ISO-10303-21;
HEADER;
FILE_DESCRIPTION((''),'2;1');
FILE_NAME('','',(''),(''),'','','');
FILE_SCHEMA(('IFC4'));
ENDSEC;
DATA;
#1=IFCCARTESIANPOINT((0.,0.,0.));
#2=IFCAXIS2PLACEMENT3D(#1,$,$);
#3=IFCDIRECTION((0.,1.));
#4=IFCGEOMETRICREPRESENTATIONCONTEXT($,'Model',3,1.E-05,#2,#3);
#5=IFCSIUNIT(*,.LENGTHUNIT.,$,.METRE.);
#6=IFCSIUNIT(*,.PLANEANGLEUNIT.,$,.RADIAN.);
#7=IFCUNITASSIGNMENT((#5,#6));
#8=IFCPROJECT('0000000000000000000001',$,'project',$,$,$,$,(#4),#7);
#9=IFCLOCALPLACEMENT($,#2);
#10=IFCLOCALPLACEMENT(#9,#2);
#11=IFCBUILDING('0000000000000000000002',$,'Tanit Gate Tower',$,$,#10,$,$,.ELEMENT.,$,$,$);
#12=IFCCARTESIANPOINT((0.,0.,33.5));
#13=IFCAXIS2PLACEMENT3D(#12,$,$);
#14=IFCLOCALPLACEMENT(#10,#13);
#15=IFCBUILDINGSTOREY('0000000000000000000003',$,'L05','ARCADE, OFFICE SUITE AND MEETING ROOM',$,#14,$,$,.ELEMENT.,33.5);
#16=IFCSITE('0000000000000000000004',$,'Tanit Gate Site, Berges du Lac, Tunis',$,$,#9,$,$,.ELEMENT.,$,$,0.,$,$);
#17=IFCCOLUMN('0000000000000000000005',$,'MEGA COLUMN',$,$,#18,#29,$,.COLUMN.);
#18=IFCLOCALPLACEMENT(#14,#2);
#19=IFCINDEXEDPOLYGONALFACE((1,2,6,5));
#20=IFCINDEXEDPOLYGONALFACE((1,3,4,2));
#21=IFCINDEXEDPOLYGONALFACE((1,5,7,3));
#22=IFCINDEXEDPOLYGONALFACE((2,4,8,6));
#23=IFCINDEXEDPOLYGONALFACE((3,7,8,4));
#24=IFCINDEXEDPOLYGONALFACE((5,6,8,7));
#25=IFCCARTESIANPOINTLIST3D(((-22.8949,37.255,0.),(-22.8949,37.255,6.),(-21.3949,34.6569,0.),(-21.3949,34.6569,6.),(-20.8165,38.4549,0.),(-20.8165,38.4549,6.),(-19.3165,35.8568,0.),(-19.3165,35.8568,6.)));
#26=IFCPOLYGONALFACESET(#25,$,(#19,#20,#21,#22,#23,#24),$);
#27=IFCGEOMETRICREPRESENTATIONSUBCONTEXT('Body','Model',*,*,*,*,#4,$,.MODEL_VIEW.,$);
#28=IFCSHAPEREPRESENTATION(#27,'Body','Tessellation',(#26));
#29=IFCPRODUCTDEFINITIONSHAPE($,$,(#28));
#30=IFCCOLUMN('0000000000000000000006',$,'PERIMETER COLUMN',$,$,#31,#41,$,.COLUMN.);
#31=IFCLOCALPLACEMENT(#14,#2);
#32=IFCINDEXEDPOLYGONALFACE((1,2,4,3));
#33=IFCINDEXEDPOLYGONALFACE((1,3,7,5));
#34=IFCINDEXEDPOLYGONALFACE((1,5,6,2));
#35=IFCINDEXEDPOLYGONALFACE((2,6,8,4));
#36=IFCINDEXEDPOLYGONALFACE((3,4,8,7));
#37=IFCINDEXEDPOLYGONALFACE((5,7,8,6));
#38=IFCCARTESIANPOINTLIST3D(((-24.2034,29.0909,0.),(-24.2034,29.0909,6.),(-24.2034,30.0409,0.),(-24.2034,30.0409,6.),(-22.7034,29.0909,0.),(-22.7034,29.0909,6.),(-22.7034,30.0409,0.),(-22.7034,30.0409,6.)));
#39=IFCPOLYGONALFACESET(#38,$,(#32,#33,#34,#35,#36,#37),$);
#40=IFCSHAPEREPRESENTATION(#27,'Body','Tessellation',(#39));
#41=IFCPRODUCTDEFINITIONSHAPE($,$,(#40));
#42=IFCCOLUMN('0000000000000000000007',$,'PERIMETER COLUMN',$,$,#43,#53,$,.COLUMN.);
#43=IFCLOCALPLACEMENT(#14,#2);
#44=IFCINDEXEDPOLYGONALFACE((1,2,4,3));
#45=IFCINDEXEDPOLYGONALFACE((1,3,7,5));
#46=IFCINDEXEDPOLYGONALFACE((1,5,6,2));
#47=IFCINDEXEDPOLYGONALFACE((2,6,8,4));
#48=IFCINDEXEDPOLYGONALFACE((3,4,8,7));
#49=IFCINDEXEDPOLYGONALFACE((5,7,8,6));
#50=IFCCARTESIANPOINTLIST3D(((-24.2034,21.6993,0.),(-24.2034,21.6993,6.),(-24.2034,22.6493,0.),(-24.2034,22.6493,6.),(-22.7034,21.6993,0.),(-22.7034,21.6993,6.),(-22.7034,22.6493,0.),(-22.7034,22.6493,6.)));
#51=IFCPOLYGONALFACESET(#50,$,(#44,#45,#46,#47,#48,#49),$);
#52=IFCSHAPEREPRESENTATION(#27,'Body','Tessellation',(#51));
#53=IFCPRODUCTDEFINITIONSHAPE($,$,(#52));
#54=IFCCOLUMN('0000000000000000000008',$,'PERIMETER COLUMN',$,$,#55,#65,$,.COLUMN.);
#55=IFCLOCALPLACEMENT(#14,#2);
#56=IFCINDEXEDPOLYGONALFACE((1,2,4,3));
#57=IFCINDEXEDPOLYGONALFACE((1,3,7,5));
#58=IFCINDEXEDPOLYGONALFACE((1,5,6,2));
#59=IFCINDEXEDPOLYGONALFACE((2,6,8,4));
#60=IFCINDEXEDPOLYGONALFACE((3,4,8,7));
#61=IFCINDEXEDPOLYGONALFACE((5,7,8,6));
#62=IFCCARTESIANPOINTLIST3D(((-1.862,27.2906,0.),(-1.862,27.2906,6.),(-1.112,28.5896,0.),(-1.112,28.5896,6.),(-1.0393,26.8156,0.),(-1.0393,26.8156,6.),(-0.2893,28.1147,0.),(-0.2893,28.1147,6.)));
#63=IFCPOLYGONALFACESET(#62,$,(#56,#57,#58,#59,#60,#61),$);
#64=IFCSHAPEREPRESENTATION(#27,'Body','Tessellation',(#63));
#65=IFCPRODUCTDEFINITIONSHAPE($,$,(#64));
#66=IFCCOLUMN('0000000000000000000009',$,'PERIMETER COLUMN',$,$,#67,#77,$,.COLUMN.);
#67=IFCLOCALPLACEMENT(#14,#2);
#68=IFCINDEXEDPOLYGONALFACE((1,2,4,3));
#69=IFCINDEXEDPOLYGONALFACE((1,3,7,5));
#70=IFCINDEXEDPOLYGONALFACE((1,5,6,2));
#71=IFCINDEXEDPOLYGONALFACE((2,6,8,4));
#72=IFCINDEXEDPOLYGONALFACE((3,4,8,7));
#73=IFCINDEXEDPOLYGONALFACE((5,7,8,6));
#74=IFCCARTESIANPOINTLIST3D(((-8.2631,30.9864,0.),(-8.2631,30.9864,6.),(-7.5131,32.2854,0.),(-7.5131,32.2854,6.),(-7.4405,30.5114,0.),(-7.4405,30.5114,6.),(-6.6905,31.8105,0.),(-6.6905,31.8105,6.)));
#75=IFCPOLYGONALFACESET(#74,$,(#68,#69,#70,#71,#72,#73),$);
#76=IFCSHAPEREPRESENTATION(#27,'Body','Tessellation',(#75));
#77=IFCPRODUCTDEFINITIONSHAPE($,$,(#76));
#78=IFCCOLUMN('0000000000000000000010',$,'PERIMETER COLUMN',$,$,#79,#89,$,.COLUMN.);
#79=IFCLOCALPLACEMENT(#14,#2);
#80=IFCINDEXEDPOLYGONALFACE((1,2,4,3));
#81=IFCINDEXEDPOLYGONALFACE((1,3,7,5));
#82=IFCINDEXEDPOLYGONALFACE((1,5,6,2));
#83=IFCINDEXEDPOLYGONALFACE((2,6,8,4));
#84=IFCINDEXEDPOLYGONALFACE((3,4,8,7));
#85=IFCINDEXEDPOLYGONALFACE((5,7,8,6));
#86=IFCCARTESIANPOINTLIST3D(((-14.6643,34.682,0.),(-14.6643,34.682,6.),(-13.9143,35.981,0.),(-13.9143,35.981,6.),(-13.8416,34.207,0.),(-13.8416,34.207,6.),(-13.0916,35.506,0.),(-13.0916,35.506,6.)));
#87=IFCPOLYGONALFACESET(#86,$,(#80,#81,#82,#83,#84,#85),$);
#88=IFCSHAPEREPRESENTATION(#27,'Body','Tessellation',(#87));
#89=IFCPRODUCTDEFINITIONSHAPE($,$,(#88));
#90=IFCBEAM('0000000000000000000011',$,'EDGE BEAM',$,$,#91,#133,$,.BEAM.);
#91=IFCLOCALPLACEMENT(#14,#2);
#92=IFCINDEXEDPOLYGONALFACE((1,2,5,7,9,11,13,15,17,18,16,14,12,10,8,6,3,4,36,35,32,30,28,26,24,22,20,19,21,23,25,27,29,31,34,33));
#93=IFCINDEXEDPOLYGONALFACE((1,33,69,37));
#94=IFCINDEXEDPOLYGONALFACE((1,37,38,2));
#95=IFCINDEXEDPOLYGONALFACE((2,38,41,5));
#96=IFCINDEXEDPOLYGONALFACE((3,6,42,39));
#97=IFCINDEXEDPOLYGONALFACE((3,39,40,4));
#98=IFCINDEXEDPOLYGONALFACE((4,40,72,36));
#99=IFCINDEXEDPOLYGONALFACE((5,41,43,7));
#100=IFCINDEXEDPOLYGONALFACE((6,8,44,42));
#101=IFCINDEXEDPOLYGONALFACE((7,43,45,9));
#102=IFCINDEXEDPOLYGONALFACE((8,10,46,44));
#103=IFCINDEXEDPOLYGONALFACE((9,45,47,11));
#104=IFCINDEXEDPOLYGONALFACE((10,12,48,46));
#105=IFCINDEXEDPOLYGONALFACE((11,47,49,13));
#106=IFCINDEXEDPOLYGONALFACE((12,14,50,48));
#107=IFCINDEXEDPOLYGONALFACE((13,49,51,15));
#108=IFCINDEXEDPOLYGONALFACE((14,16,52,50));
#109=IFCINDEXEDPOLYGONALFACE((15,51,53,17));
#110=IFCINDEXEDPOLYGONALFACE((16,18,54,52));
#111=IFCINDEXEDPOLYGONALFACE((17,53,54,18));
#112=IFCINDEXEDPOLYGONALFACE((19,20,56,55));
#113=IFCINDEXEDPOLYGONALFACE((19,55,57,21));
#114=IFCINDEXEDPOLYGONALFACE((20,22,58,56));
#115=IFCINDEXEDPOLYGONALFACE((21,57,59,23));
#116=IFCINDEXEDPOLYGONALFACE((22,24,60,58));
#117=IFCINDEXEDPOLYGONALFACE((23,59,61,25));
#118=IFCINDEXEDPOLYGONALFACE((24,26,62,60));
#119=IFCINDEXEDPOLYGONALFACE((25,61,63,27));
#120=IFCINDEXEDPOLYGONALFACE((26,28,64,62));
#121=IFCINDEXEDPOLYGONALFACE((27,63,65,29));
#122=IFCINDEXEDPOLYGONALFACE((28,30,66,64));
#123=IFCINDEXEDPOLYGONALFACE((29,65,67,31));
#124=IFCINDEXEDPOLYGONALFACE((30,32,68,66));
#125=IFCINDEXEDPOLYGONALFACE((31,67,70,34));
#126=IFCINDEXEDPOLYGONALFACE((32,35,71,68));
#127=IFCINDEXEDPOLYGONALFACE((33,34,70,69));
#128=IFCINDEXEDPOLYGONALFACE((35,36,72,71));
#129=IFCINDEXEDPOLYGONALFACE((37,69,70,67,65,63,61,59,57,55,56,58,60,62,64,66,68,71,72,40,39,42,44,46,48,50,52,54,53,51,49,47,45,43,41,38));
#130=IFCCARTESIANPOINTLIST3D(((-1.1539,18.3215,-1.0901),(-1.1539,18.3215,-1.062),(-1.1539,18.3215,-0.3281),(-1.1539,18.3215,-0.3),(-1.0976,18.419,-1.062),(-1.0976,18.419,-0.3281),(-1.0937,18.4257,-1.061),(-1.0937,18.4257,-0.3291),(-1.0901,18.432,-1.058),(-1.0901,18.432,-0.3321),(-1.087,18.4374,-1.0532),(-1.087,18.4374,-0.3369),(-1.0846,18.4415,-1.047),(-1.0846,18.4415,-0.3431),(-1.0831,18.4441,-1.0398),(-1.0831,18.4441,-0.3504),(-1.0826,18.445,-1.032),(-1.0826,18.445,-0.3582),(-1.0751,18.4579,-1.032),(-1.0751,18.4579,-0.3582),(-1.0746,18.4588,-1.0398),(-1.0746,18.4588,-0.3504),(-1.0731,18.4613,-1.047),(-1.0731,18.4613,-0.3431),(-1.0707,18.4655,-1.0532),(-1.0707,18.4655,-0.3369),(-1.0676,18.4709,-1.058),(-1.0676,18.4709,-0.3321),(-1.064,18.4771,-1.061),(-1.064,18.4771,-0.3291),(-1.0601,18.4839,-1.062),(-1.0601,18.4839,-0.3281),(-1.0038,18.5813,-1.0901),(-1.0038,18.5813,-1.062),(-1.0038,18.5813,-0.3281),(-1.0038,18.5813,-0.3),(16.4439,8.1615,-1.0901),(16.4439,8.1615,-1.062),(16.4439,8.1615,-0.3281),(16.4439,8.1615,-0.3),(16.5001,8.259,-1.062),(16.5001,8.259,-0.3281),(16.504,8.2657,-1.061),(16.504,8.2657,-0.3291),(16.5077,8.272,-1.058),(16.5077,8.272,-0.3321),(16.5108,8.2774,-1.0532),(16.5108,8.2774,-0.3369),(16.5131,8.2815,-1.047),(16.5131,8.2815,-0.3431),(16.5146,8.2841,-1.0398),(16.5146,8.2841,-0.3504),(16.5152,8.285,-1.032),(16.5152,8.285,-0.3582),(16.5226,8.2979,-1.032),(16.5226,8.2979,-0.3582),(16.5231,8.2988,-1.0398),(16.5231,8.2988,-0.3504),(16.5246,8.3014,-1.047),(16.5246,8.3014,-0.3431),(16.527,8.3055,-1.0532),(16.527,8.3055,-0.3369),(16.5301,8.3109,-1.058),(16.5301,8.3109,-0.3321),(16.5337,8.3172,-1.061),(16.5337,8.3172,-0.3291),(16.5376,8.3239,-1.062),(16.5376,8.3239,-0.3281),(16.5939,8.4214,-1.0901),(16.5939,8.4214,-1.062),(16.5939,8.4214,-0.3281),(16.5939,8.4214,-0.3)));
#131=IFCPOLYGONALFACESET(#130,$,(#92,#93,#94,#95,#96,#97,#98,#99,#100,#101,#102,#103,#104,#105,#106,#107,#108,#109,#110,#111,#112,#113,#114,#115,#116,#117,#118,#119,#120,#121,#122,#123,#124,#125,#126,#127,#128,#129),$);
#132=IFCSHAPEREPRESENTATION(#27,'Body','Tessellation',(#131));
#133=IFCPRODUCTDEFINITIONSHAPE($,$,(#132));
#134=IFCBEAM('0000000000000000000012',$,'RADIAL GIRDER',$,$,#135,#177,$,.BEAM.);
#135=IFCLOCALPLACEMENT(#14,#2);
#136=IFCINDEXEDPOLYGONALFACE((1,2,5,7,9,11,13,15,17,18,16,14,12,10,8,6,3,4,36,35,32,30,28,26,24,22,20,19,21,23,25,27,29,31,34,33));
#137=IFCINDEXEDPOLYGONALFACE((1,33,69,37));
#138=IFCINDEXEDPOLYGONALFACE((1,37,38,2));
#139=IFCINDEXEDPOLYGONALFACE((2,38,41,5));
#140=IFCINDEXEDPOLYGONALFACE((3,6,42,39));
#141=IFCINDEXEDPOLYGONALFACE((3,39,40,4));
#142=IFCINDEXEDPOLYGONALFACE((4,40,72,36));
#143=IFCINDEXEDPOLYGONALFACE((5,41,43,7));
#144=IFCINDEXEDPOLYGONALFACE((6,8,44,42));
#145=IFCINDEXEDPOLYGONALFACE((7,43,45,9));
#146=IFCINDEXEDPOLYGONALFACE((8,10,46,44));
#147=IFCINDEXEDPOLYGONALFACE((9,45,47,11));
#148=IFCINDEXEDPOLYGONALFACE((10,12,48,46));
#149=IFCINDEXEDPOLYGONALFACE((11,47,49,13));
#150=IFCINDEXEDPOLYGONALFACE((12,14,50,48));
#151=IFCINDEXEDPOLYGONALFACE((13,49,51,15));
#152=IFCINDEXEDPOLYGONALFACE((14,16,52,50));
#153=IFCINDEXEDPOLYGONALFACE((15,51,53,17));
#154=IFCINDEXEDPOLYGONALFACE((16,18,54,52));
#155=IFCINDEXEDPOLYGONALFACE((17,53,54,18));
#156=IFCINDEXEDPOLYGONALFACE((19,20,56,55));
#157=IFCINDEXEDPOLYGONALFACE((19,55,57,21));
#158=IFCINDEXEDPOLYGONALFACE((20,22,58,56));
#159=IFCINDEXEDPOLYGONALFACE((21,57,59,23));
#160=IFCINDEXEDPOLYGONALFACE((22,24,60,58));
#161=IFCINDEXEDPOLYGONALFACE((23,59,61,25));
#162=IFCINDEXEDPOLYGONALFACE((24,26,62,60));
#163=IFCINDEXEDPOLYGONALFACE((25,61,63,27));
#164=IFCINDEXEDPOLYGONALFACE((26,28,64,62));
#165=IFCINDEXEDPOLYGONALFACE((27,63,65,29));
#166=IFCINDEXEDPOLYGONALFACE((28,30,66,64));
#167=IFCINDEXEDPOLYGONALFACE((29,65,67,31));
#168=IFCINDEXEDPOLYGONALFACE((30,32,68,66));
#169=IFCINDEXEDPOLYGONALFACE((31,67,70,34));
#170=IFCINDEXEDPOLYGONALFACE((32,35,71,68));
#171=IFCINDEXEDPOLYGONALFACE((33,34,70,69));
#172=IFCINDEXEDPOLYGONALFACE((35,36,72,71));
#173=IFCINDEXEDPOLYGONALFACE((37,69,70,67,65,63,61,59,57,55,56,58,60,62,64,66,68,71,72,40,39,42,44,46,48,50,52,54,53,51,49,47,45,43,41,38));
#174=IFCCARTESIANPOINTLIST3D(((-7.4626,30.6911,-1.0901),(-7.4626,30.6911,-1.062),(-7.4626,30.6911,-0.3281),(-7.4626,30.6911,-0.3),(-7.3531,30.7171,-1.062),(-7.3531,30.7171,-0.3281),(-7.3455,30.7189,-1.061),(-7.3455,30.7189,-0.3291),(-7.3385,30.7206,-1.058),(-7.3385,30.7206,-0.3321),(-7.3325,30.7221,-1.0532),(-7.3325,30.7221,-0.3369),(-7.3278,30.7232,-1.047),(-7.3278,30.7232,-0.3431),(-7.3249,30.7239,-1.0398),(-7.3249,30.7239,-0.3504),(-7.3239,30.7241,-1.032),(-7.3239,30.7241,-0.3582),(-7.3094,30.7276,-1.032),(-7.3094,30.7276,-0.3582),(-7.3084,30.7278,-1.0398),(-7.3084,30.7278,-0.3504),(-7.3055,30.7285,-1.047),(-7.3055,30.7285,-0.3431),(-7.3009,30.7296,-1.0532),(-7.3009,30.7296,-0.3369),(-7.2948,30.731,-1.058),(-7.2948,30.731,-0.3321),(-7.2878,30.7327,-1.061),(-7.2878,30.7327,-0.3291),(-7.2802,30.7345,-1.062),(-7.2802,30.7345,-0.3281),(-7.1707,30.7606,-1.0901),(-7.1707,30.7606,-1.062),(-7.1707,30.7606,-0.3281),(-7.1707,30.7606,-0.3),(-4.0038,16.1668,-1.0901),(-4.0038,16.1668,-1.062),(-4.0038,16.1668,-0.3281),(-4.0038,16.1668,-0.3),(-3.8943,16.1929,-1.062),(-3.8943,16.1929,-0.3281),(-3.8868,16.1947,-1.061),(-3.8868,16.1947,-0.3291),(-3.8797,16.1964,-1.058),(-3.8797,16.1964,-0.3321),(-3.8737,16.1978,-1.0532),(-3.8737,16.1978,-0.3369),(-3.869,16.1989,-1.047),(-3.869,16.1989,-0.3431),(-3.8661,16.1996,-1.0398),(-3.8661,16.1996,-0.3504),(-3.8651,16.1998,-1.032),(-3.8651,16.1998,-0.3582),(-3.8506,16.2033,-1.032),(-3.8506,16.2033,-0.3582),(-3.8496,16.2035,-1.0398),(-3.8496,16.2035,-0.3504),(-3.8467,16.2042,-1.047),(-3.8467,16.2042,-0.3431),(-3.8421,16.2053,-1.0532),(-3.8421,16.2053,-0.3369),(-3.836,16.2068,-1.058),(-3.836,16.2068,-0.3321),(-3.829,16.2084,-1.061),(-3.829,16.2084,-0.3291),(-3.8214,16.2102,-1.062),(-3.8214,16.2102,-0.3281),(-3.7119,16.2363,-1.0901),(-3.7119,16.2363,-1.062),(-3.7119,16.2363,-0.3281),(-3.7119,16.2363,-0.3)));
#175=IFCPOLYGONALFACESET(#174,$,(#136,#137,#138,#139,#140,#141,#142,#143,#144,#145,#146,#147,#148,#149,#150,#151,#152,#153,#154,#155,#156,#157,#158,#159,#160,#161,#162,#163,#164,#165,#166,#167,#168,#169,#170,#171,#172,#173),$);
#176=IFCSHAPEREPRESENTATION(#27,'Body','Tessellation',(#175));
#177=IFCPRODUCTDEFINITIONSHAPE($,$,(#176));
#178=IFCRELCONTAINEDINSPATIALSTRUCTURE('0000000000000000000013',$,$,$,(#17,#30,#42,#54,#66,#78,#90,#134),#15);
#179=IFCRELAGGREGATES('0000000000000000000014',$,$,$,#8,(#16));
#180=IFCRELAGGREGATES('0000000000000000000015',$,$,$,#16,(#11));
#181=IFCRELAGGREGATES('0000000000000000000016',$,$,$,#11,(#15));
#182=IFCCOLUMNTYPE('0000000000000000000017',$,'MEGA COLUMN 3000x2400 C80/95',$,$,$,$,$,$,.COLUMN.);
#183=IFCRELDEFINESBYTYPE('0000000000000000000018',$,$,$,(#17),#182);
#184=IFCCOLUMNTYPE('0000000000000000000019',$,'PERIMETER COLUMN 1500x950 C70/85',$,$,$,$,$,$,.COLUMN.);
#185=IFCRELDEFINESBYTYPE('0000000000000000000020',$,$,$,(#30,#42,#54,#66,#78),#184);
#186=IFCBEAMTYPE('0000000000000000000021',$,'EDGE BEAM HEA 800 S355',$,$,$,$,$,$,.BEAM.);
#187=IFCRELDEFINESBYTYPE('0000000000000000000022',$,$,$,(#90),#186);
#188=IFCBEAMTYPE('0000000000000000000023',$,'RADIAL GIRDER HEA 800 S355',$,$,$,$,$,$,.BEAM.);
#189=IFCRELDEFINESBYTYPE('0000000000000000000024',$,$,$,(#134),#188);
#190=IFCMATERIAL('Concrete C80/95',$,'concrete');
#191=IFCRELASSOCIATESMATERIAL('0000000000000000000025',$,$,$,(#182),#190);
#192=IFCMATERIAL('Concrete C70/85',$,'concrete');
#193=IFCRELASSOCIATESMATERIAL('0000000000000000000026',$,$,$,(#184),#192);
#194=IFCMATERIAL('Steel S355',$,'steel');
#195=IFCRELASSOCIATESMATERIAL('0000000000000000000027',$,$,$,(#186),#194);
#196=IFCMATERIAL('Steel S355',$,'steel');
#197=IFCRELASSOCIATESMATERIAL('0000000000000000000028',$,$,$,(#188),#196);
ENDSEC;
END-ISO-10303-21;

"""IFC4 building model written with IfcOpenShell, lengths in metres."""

from ifc_helpers import new_model, si_unit, direction, frame, origin, origin_2d, place, context, subcontext, project, spatial, rectangle, i_section, extrude, material, material_profile, profile_set, type_object, element, save


model = new_model("IFC4")

# Units and contexts
model_context = context("Model", 3, precision=1e-05, world=origin(), true_north=direction((0.0, 1.0)))
body_context = subcontext(model_context, "Body", "Model", "MODEL_VIEW")
ifc_project = project(units=[si_unit("LENGTHUNIT", "METRE"), si_unit("PLANEANGLEUNIT", "RADIAN")], contexts=[model_context])

# Site, building, storey
site_placement = place(None, origin())
site = spatial("IfcSite", under=ifc_project, at=site_placement, Name="Tanit Gate Site, Berges du Lac, Tunis", CompositionType="ELEMENT", RefElevation=0.0)
building_placement = place(site_placement, origin())
building = spatial("IfcBuilding", under=site, at=building_placement, Name="Tanit Gate Tower", CompositionType="ELEMENT")
storey_placement = place(building_placement, frame((0.0, 0.0, 33.5)))
storey = spatial("IfcBuildingStorey", under=building, at=storey_placement, Name="L05", Description="ARCADE, OFFICE SUITE AND MEETING ROOM", CompositionType="ELEMENT", Elevation=33.5)

# Columns
ifc_material_1 = material(Name="Concrete C80/95", Category="concrete")
ifc_material_profile_1 = material_profile(ifc_material_1, rectangle(XDim=3.0, YDim=2.3999, at=origin_2d()), Name="RC 3000x2400")
ifc_profile_set_1 = profile_set([ifc_material_profile_1], Name="Concrete C80/95")
column_type_1 = type_object("IfcColumnType", Name="MEGA COLUMN 3000x2400 C80/95", PredefinedType="COLUMN", material=ifc_profile_set_1)
column_placement = place(storey_placement, frame((-21.1057, 36.5559, 0.0), z_axis=(0.0, 0.0, 1.0), x_axis=(-0.5, 0.866025, 0.0)))
element("IfcColumn", 1, at=column_placement, inside=storey, type_object=column_type_1, Name="MEGA COLUMN", PredefinedType="COLUMN", context=body_context, shape_type="SweptSolid", body=[
    extrude(rectangle(XDim=3.0, YDim=2.3999, at=origin_2d()), origin(), (0.0, 0.0, 1.0), 6.0),
])
ifc_material_2 = material(Name="Concrete C70/85", Category="concrete")
ifc_material_profile_2 = material_profile(ifc_material_2, rectangle(XDim=1.5, YDim=0.95, at=origin_2d()), Name="RC 1500x950")
ifc_profile_set_2 = profile_set([ifc_material_profile_2], Name="Concrete C70/85")
column_type_2 = type_object("IfcColumnType", Name="PERIMETER COLUMN 1500x950 C70/85", PredefinedType="COLUMN", material=ifc_profile_set_2)
for number, where, z_axis, x_axis, name in (
    (2, (-23.4534, 29.5659, 0.0), (0.0, 0.0, 1.0), (-1.0, 0.0, 0.0), "PERIMETER COLUMN"),
    (3, (-23.4534, 22.1743, 0.0), (0.0, 0.0, 1.0), (-1.0, 0.0, 0.0), "PERIMETER COLUMN"),
    (4, (-1.0757, 27.7026, 0.0), (0.0, 0.0, 1.0), (0.5, 0.866025, 0.0), "PERIMETER COLUMN"),
    (5, (-7.4768, 31.3984, 0.0), (0.0, 0.0, 1.0), (0.5, 0.866025, 0.0), "PERIMETER COLUMN"),
    (6, (-13.8779, 35.094, 0.0), (0.0, 0.0, 1.0), (0.5, 0.866025, 0.0), "PERIMETER COLUMN"),
):
    element("IfcColumn", number, at=place(storey_placement, frame(where, z_axis=z_axis, x_axis=x_axis)), inside=storey, type_object=column_type_2, Name=name, PredefinedType="COLUMN", context=body_context, shape_type="SweptSolid", body=[
        extrude(rectangle(XDim=1.5, YDim=0.95, at=origin_2d()), origin(), (0.0, 0.0, 1.0), 6.0),
    ])

# Beams
ifc_material_3 = material(Name="Steel S355", Category="steel")
ifc_material_profile_3 = material_profile(ifc_material_3, i_section(OverallWidth=0.3, OverallDepth=0.79, WebThickness=0.0149, FlangeThickness=0.0281, FilletRadius=0.03, at=origin_2d()), Name="HEA 800")
ifc_profile_set_3 = profile_set([ifc_material_profile_3], Name="Steel S355")
beam_type_1 = type_object("IfcBeamType", Name="EDGE BEAM HEA 800 S355", PredefinedType="BEAM", material=ifc_profile_set_3)
beam_1_placement = place(storey_placement, frame((-1.0789, 18.4514, -0.6951), z_axis=(0.866028, -0.499996, 0.0), x_axis=(0.499996, 0.866028, 0.0)))
element("IfcBeam", 7, at=beam_1_placement, inside=storey, type_object=beam_type_1, Name="EDGE BEAM", PredefinedType="BEAM", context=body_context, shape_type="SweptSolid", body=[
    extrude(i_section(OverallWidth=0.3, OverallDepth=0.79, WebThickness=0.0149, FlangeThickness=0.0281, FilletRadius=0.03, at=origin_2d()), origin(), (0.0, 0.0, 1.0), 20.3201),
])
ifc_material_4 = material(Name="Steel S355", Category="steel")
ifc_material_profile_4 = material_profile(ifc_material_4, i_section(OverallWidth=0.3, OverallDepth=0.79, WebThickness=0.0149, FlangeThickness=0.0281, FilletRadius=0.03, at=origin_2d()), Name="HEA 800")
ifc_profile_set_4 = profile_set([ifc_material_profile_4], Name="Steel S355")
beam_type_2 = type_object("IfcBeamType", Name="RADIAL GIRDER HEA 800 S355", PredefinedType="BEAM", material=ifc_profile_set_4)
beam_2_placement = place(storey_placement, frame((-7.3167, 30.7258, -0.6951), z_axis=(0.231659, -0.972797, 0.0), x_axis=(0.972797, 0.231659, 0.0)))
element("IfcBeam", 8, at=beam_2_placement, inside=storey, type_object=beam_type_2, Name="RADIAL GIRDER", PredefinedType="BEAM", context=body_context, shape_type="SweptSolid", body=[
    extrude(i_section(OverallWidth=0.3, OverallDepth=0.79, WebThickness=0.0149, FlangeThickness=0.0281, FilletRadius=0.03, at=origin_2d()), origin(), (0.0, 0.0, 1.0), 14.9304),
])

save(model, "model.ifc")
